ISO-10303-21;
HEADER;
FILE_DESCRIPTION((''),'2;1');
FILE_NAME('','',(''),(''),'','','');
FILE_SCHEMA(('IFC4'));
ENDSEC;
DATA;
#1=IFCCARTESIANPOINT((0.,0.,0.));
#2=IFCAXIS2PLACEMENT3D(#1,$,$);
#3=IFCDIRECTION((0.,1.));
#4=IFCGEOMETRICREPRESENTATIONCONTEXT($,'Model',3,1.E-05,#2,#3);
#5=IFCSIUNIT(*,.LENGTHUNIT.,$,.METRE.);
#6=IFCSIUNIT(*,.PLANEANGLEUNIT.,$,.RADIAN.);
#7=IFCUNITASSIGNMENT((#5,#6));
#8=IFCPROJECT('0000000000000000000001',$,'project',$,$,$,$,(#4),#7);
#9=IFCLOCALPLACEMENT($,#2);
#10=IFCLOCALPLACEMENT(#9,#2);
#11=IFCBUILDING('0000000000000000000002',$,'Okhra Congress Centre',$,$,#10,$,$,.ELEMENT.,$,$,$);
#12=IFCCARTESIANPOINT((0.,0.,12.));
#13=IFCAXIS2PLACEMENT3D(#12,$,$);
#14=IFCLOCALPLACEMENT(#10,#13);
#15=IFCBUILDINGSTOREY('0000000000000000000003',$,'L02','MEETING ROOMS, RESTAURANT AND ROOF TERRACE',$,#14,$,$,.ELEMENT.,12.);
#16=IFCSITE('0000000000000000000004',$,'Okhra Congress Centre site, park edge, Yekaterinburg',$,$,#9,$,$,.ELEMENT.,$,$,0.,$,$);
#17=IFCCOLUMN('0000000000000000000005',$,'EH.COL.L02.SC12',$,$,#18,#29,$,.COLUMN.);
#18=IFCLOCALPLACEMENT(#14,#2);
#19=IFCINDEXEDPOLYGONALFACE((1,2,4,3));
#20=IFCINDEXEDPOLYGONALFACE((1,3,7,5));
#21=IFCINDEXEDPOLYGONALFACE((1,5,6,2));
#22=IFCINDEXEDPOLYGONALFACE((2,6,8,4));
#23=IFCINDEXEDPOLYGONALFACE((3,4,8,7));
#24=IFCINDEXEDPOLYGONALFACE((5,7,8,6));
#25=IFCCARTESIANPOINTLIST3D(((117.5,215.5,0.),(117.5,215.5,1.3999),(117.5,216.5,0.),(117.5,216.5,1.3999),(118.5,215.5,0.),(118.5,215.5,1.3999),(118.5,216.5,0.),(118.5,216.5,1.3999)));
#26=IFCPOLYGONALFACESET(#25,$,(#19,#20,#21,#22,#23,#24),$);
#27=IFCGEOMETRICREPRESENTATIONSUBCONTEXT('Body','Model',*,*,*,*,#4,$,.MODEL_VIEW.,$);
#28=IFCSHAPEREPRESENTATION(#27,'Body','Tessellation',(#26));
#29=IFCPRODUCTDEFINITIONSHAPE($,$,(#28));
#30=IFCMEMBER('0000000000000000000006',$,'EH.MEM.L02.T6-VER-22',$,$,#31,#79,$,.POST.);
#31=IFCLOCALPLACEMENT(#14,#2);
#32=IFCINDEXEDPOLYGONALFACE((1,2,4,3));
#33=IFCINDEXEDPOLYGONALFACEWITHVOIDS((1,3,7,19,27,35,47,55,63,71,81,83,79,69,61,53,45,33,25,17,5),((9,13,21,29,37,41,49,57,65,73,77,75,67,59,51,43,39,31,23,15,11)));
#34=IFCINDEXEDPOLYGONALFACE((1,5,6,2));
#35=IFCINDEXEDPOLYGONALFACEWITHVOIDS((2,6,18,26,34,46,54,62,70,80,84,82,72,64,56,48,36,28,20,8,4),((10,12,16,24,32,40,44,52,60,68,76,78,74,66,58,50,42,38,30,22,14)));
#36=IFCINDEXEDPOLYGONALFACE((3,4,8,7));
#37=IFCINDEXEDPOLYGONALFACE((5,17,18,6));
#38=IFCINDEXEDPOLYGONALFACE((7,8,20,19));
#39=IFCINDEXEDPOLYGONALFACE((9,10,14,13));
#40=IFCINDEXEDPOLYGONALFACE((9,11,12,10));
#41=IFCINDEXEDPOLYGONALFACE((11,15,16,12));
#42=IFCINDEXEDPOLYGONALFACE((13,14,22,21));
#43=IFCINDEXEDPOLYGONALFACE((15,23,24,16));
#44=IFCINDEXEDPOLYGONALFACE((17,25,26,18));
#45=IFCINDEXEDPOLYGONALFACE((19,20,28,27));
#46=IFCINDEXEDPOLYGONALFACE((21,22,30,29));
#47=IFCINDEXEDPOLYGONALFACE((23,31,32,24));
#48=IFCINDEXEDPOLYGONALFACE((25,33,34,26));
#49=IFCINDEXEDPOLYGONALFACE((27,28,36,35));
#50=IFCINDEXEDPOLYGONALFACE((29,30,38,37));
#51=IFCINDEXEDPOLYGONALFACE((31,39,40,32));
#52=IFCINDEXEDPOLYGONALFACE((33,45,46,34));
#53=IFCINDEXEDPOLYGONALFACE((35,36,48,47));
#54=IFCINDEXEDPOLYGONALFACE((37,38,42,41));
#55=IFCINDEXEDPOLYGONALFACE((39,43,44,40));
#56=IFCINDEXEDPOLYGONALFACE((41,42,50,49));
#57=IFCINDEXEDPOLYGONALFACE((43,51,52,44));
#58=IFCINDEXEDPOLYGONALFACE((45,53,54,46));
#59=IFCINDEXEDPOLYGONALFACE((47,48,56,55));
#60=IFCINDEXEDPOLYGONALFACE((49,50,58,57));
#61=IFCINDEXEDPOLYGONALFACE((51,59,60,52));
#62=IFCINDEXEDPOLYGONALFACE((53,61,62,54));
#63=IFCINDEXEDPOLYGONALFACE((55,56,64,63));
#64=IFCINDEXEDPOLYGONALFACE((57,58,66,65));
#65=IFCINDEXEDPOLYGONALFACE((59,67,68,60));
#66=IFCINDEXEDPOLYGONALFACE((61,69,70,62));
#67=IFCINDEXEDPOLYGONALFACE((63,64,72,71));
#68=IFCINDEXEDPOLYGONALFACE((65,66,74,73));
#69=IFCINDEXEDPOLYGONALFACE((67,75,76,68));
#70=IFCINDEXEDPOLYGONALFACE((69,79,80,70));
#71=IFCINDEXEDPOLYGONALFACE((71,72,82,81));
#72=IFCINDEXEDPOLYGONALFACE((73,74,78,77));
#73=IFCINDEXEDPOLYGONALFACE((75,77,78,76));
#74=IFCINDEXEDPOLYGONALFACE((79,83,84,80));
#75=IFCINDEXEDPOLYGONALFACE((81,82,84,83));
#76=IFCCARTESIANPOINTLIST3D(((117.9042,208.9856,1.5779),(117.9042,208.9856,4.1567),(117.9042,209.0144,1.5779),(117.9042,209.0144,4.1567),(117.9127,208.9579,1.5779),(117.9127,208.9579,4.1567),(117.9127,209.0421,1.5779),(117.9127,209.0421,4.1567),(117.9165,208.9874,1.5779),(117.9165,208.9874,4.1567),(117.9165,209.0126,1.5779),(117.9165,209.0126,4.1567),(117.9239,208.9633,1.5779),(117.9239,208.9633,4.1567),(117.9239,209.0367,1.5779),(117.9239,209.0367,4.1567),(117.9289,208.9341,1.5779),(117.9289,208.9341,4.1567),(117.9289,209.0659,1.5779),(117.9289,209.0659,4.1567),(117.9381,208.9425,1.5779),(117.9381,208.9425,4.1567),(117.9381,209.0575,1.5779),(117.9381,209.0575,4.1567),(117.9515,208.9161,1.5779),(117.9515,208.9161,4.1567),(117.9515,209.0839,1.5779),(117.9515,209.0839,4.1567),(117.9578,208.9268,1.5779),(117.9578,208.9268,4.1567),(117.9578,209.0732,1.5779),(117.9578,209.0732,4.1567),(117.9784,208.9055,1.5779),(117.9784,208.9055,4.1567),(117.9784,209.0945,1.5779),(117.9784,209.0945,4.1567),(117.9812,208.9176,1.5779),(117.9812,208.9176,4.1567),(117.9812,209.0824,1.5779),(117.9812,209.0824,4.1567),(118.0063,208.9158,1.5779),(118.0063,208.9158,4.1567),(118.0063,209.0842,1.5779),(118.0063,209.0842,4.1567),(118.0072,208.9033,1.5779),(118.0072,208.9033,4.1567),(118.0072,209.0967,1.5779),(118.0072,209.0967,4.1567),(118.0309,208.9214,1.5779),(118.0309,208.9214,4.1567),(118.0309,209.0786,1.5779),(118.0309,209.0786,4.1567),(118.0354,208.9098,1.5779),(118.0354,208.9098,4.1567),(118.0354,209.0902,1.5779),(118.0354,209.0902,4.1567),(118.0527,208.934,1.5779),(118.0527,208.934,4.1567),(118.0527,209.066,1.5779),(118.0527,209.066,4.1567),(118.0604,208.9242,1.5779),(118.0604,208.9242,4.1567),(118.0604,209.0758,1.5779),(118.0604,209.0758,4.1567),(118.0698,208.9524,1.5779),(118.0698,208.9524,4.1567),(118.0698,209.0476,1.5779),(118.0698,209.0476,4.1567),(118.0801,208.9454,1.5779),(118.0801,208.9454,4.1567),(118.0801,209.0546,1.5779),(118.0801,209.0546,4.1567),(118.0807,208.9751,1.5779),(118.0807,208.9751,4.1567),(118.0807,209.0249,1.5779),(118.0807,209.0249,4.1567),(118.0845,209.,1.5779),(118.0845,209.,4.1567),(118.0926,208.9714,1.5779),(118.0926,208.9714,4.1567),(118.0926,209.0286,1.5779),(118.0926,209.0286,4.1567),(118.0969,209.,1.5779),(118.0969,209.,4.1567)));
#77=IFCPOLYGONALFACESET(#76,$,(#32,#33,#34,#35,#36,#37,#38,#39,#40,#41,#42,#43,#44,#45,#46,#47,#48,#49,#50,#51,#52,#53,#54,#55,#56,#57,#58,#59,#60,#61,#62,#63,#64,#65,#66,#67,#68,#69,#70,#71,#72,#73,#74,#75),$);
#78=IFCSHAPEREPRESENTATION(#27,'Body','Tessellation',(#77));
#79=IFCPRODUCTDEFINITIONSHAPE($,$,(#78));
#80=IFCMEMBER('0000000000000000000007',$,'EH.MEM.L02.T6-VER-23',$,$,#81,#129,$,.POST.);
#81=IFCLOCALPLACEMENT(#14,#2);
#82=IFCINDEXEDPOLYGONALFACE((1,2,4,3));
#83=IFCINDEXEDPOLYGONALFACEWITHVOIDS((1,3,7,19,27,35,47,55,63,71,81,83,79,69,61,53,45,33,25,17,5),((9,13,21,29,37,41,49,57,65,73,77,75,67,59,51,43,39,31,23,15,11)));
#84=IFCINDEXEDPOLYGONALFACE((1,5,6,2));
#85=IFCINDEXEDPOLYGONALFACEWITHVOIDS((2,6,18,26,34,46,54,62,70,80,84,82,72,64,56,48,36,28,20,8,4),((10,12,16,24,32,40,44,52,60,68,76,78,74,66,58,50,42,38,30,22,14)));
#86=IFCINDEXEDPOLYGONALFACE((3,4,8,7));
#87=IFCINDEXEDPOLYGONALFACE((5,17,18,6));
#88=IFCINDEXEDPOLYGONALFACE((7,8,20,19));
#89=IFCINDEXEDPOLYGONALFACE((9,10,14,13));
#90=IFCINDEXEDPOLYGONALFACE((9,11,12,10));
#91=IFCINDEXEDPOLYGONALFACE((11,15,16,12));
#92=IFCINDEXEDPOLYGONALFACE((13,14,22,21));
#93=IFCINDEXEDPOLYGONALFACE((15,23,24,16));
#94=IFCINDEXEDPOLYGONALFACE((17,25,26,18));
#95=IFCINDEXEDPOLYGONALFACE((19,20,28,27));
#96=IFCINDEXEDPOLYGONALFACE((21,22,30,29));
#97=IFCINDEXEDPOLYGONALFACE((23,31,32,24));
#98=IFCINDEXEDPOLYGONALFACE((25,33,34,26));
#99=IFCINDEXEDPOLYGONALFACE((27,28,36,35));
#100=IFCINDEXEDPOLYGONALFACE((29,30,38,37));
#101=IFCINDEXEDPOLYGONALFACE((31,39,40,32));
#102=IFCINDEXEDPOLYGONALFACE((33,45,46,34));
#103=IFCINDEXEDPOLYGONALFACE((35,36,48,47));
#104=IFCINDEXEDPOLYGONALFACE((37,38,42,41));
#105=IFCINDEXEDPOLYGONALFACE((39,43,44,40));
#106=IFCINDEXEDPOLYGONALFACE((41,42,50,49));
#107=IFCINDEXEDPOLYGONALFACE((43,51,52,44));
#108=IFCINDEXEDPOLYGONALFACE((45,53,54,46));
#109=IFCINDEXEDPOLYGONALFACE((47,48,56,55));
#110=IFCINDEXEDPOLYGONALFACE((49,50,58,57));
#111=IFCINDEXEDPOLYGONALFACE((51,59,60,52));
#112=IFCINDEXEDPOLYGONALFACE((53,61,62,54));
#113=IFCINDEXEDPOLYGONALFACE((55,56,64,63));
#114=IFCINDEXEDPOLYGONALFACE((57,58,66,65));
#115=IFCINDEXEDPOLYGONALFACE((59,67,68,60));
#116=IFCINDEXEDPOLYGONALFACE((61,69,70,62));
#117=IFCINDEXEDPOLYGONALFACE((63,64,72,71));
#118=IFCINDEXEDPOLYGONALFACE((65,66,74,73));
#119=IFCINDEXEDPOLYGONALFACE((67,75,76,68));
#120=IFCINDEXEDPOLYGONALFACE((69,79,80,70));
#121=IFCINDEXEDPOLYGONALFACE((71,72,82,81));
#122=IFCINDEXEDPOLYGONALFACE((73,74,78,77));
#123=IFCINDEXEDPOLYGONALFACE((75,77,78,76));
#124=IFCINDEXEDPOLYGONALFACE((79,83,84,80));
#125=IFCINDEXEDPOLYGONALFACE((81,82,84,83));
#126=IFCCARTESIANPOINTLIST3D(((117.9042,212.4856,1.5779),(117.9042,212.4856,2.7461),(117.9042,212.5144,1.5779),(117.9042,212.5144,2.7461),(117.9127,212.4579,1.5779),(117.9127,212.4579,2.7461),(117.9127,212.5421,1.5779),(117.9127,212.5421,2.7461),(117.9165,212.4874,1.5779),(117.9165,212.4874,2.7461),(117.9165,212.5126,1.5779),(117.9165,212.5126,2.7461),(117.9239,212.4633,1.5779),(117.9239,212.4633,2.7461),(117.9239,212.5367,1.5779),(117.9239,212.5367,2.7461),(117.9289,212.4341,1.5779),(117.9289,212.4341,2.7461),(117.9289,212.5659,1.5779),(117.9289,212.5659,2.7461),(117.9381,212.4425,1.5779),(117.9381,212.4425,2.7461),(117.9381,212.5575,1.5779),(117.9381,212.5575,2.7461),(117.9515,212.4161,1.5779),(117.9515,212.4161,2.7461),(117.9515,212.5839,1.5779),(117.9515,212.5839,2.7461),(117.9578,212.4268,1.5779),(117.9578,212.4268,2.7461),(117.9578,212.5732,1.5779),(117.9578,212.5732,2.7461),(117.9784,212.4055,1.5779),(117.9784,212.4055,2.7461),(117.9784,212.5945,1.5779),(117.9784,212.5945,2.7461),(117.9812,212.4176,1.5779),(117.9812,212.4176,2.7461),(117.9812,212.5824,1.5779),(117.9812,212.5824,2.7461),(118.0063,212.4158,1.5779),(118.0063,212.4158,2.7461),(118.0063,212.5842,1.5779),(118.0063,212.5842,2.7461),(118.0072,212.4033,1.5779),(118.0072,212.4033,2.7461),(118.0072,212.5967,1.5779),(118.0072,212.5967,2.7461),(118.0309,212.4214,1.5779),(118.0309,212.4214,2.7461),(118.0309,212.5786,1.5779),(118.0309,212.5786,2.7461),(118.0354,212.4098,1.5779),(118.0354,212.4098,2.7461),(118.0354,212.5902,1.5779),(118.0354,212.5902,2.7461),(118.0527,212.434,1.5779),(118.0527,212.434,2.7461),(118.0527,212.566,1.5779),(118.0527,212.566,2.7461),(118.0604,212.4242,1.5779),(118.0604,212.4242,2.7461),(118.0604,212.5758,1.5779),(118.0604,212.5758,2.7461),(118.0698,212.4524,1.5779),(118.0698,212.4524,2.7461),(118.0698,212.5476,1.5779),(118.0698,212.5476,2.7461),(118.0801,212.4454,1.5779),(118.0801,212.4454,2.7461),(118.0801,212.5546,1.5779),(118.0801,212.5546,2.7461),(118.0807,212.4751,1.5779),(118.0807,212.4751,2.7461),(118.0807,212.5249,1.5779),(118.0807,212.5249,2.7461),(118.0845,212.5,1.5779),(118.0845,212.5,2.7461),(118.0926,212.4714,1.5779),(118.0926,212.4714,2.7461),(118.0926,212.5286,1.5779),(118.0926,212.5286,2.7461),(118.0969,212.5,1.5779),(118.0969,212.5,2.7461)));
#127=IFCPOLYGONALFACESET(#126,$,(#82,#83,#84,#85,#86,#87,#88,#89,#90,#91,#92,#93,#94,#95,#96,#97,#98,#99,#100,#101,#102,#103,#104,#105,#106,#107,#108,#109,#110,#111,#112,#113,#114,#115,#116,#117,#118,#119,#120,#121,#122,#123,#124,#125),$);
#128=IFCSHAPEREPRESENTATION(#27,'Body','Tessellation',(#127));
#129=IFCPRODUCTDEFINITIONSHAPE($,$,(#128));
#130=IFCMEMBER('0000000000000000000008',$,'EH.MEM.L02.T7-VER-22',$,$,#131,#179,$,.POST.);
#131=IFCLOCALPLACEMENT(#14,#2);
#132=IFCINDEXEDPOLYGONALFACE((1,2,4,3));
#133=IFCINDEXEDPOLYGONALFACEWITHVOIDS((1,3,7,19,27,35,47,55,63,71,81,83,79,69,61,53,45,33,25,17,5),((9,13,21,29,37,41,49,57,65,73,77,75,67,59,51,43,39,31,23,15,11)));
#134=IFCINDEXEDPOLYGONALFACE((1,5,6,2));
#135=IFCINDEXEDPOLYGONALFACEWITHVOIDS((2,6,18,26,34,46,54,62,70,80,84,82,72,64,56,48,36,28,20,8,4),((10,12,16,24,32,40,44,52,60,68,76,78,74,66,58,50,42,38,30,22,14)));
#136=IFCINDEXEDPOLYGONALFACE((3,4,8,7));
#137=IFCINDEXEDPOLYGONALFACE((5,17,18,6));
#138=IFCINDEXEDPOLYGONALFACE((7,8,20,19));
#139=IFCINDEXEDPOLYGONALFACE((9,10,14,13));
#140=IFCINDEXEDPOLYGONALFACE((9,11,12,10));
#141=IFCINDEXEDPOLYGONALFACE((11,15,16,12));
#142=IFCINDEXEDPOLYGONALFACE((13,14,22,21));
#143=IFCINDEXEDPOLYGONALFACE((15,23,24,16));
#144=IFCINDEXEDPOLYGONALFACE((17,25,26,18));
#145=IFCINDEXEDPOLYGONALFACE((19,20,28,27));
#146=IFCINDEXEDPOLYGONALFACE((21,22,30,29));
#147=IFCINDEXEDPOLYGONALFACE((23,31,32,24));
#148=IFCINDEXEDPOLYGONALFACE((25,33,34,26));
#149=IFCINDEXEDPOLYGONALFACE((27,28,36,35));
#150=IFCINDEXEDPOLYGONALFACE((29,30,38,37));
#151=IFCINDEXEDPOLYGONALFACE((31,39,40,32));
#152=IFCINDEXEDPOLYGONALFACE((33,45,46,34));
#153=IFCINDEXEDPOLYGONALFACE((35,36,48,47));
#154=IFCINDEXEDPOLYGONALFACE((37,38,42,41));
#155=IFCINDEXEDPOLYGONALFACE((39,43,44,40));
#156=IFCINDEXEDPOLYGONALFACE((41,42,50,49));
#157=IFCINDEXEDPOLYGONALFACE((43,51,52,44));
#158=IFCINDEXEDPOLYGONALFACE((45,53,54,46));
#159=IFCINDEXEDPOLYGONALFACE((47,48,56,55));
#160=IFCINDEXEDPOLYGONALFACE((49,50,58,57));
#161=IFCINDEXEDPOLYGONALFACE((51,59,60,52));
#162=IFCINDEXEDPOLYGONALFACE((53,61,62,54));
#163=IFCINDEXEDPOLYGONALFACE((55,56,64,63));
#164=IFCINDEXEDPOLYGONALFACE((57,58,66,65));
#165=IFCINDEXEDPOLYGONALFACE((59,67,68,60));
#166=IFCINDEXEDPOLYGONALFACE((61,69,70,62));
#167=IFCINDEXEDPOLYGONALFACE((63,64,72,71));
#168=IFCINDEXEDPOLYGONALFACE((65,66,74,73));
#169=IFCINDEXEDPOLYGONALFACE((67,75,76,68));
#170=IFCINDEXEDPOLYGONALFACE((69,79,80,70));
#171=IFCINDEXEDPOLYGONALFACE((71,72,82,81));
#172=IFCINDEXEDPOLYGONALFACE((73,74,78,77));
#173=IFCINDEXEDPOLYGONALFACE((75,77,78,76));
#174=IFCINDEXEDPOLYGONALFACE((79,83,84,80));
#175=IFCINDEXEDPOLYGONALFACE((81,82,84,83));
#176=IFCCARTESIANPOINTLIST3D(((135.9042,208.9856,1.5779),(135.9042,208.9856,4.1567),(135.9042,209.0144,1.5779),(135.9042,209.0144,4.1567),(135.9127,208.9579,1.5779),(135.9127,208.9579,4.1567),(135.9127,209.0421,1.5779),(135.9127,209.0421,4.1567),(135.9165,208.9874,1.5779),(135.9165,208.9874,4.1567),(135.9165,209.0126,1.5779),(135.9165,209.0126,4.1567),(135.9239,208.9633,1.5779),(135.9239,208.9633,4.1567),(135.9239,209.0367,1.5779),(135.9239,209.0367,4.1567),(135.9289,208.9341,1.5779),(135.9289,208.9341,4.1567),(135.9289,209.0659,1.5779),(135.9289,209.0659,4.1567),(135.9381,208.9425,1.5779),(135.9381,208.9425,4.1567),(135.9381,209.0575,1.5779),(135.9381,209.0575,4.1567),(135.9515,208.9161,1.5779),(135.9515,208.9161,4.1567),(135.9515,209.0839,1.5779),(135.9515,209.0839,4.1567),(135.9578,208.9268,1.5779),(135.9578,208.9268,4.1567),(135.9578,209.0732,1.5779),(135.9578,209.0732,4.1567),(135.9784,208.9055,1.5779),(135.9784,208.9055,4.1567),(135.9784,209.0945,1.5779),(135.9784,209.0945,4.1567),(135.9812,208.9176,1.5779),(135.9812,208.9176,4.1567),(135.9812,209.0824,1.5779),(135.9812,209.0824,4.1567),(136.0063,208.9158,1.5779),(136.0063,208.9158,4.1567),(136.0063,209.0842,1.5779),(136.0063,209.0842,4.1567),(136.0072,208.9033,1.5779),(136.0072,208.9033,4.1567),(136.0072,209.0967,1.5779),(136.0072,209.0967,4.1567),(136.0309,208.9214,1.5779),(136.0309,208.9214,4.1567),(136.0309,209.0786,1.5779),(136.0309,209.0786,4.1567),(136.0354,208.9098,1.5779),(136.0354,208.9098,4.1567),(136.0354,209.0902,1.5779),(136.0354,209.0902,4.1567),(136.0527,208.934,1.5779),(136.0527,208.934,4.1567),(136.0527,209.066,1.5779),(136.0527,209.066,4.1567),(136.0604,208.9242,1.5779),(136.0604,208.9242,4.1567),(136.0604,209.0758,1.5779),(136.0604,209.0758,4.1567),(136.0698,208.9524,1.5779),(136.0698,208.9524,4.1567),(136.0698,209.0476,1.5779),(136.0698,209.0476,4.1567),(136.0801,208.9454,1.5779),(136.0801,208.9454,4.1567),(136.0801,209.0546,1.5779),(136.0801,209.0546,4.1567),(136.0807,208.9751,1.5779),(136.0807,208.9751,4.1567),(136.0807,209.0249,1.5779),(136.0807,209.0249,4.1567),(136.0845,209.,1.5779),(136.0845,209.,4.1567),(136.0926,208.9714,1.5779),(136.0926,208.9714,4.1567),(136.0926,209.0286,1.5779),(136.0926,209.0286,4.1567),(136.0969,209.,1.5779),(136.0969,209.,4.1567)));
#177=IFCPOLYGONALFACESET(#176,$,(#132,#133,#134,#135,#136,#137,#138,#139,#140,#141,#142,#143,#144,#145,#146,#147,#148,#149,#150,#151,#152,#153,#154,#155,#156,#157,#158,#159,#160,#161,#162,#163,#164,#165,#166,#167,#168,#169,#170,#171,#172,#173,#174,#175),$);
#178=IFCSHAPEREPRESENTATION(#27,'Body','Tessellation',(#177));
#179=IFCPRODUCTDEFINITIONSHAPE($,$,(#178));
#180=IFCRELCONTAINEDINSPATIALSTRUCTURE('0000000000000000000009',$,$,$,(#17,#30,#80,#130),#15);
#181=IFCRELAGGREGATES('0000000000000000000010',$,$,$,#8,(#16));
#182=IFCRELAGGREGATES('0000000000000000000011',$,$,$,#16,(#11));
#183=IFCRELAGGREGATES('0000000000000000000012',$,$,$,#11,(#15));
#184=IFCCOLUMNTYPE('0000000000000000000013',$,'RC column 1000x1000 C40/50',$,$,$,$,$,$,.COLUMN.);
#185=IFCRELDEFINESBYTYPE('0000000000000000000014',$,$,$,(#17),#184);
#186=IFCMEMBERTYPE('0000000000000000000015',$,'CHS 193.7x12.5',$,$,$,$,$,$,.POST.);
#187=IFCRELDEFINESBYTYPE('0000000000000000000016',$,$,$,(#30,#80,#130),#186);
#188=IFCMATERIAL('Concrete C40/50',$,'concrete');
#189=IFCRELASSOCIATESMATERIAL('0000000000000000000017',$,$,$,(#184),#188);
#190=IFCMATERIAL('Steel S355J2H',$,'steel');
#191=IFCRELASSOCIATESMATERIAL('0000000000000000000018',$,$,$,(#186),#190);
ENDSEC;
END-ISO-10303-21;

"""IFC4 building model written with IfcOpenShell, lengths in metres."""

from ifc_helpers import new_model, si_unit, direction, frame, origin, origin_2d, place, context, subcontext, project, spatial, rectangle, hollow_circle, extrude, material, material_profile, profile_set, type_object, element, save


model = new_model("IFC4")

# Units and contexts
model_context = context("Model", 3, precision=1e-05, world=origin(), true_north=direction((0.0, 1.0)))
body_context = subcontext(model_context, "Body", "Model", "MODEL_VIEW")
ifc_project = project(units=[si_unit("LENGTHUNIT", "METRE"), si_unit("PLANEANGLEUNIT", "RADIAN")], contexts=[model_context])

# Site, building, storey
site_placement = place(None, origin())
site = spatial("IfcSite", under=ifc_project, at=site_placement, Name="Okhra Congress Centre site, park edge, Yekaterinburg", CompositionType="ELEMENT", RefElevation=0.0)
building_placement = place(site_placement, origin())
building = spatial("IfcBuilding", under=site, at=building_placement, Name="Okhra Congress Centre", CompositionType="ELEMENT")
storey_placement = place(building_placement, frame((0.0, 0.0, 12.0)))
storey = spatial("IfcBuildingStorey", under=building, at=storey_placement, Name="L02", Description="MEETING ROOMS, RESTAURANT AND ROOF TERRACE", CompositionType="ELEMENT", Elevation=12.0)

# Column
ifc_material_1 = material(Name="Concrete C40/50", Category="concrete")
ifc_material_profile_1 = material_profile(ifc_material_1, rectangle(XDim=1.0, YDim=1.0, at=origin_2d()), Name="RC 1000x1000")
ifc_profile_set_1 = profile_set([ifc_material_profile_1], Name="Concrete C40/50")
column_type = type_object("IfcColumnType", Name="RC column 1000x1000 C40/50", PredefinedType="COLUMN", material=ifc_profile_set_1)
column_placement = place(storey_placement, frame((118.0, 216.0, 0.0), z_axis=(0.0, 0.0, 1.0), x_axis=(1.0, 0.0, 0.0)))
element("IfcColumn", 1, at=column_placement, inside=storey, type_object=column_type, Name="EH.COL.L02.SC12", PredefinedType="COLUMN", context=body_context, shape_type="SweptSolid", body=[
    extrude(rectangle(XDim=1.0, YDim=1.0, at=origin_2d()), origin(), (0.0, 0.0, 1.0), 1.3999),
])

# Members
ifc_material_2 = material(Name="Steel S355J2H", Category="steel")
ifc_material_profile_2 = material_profile(ifc_material_2, hollow_circle(Radius=0.0969, WallThickness=0.0125, at=origin_2d()), Name="CHS 193.7x12.5")
ifc_profile_set_2 = profile_set([ifc_material_profile_2], Name="Steel S355J2H")
member_type_1 = type_object("IfcMemberType", Name="CHS 193.7x12.5", PredefinedType="POST", material=ifc_profile_set_2)
member_1_placement = place(storey_placement, frame((118.0, 209.0, 1.5779), z_axis=(0.0, 0.0, 1.0), x_axis=(1.0, 0.0, 0.0)))
element("IfcMember", 2, at=member_1_placement, inside=storey, type_object=member_type_1, Name="EH.MEM.L02.T6-VER-22", PredefinedType="POST", context=body_context, shape_type="SweptSolid", body=[
    extrude(hollow_circle(Radius=0.0969, WallThickness=0.0125, at=origin_2d()), origin(), (0.0, 0.0, 1.0), 2.5789),
])
member_2_placement = place(storey_placement, frame((118.0, 212.5, 1.5779), z_axis=(0.0, 0.0, 1.0), x_axis=(1.0, 0.0, 0.0)))
element("IfcMember", 3, at=member_2_placement, inside=storey, type_object=member_type_1, Name="EH.MEM.L02.T6-VER-23", PredefinedType="POST", context=body_context, shape_type="SweptSolid", body=[
    extrude(hollow_circle(Radius=0.0969, WallThickness=0.0125, at=origin_2d()), origin(), (0.0, 0.0, 1.0), 1.1682),
])
member_3_placement = place(storey_placement, frame((136.0, 209.0, 1.5779), z_axis=(0.0, 0.0, 1.0), x_axis=(1.0, 0.0, 0.0)))
element("IfcMember", 4, at=member_3_placement, inside=storey, type_object=member_type_1, Name="EH.MEM.L02.T7-VER-22", PredefinedType="POST", context=body_context, shape_type="SweptSolid", body=[
    extrude(hollow_circle(Radius=0.0969, WallThickness=0.0125, at=origin_2d()), origin(), (0.0, 0.0, 1.0), 2.5789),
])

save(model, "model.ifc")
